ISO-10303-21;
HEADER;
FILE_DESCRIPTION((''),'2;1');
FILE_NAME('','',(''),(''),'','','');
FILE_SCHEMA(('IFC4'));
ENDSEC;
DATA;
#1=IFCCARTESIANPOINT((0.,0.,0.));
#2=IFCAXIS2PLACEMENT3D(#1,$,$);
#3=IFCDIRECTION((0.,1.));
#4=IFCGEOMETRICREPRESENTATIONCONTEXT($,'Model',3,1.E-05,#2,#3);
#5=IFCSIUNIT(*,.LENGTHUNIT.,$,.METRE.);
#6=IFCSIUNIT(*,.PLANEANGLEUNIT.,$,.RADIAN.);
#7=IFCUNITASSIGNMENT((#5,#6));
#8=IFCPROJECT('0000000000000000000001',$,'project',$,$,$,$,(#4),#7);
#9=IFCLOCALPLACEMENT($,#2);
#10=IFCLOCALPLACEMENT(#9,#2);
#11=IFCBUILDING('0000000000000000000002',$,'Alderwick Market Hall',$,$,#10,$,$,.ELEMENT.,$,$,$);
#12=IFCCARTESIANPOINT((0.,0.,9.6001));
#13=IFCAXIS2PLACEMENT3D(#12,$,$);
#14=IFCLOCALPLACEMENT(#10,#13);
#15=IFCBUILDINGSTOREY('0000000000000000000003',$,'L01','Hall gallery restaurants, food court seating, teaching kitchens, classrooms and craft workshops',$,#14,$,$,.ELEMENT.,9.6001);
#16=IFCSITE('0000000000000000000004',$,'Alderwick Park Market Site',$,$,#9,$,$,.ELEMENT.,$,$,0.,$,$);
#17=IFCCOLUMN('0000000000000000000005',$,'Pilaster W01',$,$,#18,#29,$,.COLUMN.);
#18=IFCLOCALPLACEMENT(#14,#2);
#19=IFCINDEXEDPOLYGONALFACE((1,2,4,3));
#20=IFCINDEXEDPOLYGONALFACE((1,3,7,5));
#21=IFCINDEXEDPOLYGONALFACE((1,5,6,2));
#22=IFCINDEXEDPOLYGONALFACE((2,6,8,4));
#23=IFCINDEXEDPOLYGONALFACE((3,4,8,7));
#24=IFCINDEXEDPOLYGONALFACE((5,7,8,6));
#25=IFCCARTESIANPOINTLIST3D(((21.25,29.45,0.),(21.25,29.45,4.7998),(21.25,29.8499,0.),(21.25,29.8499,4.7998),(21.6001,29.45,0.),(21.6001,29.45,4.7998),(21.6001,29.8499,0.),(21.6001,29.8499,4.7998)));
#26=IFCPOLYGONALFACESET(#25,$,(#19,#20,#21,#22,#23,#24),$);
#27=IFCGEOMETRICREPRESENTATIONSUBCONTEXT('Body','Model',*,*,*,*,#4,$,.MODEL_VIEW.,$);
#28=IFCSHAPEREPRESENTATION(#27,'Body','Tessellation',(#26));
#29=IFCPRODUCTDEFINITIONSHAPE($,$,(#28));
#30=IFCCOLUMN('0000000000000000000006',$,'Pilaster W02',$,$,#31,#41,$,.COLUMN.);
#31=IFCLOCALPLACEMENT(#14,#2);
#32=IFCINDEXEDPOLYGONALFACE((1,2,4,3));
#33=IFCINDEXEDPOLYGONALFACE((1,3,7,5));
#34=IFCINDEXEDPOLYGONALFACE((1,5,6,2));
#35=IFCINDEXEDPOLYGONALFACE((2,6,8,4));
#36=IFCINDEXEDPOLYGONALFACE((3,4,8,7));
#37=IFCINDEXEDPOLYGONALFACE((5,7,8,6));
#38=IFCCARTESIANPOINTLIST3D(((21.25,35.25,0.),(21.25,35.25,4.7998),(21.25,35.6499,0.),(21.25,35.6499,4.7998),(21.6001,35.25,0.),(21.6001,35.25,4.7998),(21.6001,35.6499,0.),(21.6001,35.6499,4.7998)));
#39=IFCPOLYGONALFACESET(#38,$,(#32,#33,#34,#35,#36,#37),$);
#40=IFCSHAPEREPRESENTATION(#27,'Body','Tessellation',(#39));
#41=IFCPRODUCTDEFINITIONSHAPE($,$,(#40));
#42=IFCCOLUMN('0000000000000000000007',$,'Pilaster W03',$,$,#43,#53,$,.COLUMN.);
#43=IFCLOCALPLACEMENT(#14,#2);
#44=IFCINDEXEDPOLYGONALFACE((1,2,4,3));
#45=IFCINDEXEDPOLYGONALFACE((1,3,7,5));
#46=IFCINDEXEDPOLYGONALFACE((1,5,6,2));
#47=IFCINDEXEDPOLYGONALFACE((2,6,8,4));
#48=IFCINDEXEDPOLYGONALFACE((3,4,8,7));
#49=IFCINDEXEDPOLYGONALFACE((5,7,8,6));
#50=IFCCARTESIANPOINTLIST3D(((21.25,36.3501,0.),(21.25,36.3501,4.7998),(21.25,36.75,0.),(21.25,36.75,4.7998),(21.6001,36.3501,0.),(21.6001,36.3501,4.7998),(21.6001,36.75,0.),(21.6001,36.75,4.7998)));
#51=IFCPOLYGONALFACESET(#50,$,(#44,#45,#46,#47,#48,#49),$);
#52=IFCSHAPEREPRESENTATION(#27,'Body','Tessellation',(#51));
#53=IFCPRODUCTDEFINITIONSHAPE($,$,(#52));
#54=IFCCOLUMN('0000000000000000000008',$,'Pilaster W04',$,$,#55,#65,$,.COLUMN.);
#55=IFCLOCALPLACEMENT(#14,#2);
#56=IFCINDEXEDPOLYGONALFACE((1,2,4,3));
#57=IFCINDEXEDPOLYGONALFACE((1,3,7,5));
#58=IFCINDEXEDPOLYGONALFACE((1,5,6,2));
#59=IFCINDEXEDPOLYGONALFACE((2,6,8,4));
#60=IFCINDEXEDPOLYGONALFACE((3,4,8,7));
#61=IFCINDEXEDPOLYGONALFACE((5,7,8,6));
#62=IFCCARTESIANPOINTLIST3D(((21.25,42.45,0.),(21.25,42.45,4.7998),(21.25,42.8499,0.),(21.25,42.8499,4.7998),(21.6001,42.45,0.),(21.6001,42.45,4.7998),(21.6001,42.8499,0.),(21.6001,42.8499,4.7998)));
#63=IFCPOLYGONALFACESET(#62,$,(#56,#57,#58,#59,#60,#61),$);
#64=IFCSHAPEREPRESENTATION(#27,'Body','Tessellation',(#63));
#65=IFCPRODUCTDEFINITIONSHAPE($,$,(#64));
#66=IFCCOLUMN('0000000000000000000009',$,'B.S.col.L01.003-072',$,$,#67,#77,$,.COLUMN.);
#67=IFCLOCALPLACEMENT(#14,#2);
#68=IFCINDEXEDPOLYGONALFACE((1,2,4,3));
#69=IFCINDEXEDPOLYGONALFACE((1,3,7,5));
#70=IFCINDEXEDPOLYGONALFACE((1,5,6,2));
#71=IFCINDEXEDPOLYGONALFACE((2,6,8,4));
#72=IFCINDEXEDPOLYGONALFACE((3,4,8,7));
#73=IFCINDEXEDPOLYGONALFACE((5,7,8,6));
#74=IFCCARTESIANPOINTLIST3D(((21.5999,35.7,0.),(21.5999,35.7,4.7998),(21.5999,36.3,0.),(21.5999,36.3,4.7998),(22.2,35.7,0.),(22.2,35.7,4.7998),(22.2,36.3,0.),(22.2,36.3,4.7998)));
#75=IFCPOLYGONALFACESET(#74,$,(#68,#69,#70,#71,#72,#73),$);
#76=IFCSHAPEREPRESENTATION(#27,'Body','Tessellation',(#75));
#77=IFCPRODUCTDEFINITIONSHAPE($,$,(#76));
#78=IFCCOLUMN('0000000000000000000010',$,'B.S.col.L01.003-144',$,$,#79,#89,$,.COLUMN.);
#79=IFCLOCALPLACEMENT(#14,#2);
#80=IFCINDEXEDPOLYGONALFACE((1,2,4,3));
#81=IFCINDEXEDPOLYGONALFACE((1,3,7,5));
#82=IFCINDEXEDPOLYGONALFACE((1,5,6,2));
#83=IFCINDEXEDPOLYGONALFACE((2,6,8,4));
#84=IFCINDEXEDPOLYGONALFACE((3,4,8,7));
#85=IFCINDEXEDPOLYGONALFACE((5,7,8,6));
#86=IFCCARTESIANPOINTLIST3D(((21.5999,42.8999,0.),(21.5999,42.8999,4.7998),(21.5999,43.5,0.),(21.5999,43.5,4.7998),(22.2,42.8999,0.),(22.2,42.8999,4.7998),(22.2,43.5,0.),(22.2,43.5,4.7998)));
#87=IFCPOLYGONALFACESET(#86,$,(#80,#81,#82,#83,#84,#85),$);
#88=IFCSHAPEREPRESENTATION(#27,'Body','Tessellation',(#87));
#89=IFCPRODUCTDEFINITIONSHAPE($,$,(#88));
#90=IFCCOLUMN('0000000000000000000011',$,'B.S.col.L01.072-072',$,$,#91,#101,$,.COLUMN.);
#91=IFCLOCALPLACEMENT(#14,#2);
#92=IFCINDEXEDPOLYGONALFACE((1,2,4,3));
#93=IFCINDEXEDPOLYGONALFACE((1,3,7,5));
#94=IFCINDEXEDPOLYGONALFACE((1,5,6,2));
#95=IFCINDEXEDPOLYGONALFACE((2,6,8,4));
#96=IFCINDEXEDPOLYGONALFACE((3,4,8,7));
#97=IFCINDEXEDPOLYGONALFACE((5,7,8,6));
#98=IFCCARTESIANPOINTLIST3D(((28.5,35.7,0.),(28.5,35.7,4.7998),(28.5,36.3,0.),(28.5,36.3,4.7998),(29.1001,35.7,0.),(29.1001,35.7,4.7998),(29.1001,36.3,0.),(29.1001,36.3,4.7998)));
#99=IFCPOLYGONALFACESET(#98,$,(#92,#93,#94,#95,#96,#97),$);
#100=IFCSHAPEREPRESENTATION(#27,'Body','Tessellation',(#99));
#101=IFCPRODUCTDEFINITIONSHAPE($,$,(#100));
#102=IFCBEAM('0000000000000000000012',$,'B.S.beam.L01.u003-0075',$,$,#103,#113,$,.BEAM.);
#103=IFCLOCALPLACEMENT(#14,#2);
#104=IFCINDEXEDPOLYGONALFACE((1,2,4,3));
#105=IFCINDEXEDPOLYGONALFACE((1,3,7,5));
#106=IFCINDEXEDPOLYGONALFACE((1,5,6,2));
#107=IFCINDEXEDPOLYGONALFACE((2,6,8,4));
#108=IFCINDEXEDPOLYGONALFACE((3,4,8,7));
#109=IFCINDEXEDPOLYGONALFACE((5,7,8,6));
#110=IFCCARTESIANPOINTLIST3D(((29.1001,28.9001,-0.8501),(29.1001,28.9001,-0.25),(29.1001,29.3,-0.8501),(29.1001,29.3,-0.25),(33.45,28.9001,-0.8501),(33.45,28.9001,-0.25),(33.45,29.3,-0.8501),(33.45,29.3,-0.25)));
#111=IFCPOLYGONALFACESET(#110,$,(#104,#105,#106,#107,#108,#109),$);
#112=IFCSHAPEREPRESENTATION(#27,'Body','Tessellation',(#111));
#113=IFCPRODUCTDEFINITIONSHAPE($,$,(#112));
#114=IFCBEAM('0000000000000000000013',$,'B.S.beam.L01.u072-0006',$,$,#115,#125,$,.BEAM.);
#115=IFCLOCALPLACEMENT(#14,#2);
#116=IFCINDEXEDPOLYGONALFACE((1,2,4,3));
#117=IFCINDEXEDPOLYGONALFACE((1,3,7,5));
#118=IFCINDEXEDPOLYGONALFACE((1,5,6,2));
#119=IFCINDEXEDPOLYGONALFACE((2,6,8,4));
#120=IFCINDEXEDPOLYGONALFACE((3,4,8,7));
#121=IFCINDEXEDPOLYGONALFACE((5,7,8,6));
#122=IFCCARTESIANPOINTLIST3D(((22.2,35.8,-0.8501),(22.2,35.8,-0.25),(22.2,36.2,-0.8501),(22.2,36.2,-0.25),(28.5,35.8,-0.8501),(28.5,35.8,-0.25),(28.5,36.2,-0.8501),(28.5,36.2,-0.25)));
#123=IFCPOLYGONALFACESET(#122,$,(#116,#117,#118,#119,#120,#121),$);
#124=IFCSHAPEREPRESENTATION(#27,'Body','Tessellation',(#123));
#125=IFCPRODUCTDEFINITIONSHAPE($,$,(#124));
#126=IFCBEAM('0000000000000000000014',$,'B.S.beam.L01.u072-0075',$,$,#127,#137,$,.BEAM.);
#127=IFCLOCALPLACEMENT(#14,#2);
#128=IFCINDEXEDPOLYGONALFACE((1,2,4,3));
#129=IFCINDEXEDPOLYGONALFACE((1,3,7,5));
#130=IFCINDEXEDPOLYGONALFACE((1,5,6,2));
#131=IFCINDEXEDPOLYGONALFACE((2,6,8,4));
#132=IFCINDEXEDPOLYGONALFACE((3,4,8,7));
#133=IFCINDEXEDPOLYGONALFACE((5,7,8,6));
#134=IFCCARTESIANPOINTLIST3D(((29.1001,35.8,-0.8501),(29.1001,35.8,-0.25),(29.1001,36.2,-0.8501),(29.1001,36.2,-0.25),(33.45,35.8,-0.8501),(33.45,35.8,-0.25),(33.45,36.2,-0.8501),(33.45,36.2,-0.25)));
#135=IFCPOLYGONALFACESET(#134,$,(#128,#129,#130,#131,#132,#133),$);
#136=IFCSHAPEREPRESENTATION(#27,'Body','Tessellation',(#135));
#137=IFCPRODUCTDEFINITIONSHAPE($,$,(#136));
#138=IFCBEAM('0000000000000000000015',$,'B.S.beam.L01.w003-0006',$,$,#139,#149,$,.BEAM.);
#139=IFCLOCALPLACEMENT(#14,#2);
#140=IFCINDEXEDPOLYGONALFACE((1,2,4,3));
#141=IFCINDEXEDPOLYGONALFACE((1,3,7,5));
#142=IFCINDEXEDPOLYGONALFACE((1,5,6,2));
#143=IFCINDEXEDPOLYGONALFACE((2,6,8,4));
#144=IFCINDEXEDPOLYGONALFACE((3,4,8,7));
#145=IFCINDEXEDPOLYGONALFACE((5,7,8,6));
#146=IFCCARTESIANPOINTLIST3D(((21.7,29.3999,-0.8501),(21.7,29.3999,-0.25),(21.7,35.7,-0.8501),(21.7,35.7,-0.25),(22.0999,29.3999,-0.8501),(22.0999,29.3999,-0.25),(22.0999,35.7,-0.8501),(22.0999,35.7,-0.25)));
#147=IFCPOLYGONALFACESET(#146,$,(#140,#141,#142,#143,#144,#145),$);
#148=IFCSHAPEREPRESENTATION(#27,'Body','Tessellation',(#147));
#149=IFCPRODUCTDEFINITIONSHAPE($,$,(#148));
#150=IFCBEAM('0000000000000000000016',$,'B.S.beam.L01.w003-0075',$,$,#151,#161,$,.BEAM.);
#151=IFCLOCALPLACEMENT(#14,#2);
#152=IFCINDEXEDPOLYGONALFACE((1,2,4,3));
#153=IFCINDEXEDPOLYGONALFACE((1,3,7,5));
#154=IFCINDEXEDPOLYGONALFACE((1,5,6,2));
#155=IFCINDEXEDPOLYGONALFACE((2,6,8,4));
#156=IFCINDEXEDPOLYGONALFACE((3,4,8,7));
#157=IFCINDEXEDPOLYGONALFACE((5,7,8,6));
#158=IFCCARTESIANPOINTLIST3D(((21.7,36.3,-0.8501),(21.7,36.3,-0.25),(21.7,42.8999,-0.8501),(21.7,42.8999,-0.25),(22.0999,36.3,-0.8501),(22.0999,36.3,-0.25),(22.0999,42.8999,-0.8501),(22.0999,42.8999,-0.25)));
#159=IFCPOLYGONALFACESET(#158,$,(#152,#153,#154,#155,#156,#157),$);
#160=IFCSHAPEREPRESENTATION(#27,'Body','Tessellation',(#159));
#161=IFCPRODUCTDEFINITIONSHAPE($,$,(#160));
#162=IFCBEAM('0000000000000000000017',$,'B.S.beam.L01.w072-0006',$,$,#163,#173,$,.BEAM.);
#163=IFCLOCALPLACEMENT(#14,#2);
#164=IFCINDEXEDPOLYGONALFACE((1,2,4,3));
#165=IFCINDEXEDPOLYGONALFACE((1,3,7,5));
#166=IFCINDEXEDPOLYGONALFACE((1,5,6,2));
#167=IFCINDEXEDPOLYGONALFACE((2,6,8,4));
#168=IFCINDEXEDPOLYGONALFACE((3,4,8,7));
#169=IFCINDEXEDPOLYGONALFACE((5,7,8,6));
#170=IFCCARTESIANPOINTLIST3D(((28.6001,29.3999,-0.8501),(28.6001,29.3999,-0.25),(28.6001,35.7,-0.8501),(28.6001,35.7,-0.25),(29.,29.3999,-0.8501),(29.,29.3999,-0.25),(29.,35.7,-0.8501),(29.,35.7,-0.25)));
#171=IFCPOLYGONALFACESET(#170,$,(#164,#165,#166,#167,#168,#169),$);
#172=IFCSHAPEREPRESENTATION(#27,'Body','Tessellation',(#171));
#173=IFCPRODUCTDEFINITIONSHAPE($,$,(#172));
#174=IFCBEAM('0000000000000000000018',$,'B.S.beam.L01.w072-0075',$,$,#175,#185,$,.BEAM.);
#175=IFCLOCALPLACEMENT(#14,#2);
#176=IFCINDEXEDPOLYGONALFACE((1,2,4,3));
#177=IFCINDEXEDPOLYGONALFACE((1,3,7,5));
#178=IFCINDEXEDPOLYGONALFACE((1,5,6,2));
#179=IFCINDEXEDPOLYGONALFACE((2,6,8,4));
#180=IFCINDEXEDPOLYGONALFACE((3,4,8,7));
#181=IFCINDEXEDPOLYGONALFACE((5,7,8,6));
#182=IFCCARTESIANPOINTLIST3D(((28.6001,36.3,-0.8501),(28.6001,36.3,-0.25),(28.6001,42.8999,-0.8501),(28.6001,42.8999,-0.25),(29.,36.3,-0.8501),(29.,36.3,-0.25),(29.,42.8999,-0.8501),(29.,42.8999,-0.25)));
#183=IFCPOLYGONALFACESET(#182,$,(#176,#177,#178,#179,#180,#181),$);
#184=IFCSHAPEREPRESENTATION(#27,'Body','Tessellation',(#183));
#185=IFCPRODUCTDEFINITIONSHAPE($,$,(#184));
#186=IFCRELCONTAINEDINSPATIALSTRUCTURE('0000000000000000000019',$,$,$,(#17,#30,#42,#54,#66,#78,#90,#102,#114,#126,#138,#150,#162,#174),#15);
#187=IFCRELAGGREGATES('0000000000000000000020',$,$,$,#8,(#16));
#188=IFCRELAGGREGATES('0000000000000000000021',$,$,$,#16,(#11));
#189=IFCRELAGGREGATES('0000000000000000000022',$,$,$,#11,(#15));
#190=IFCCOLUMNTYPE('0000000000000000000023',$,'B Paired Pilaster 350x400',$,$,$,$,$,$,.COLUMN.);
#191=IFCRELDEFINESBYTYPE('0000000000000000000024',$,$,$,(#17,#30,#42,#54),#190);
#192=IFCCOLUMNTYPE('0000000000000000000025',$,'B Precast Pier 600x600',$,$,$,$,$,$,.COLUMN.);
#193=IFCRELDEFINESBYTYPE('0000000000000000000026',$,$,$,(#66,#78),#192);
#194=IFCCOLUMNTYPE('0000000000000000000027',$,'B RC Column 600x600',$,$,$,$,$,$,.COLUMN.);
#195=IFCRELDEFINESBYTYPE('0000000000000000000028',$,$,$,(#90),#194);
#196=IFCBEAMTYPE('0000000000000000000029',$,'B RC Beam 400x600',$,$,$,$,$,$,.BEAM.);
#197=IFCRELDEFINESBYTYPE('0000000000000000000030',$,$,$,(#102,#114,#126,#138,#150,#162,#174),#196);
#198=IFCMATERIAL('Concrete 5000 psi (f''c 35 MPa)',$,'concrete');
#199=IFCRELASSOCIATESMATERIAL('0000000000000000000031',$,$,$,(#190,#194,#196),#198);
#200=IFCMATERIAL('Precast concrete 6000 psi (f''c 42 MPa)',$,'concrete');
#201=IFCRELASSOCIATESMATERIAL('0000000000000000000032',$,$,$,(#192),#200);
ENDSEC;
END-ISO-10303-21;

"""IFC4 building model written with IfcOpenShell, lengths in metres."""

from ifc_helpers import new_model, si_unit, direction, frame, origin, origin_2d, place, context, subcontext, project, spatial, rectangle, extrude, material, material_profile, profile_set, type_object, element, save


model = new_model("IFC4")

# Units and contexts
model_context = context("Model", 3, precision=1e-05, world=origin(), true_north=direction((0.0, 1.0)))
body_context = subcontext(model_context, "Body", "Model", "MODEL_VIEW")
ifc_project = project(units=[si_unit("LENGTHUNIT", "METRE"), si_unit("PLANEANGLEUNIT", "RADIAN")], contexts=[model_context])

# Site, building, storey
site_placement = place(None, origin())
site = spatial("IfcSite", under=ifc_project, at=site_placement, Name="Alderwick Park Market Site", CompositionType="ELEMENT", RefElevation=0.0)
building_placement = place(site_placement, origin())
building = spatial("IfcBuilding", under=site, at=building_placement, Name="Alderwick Market Hall", CompositionType="ELEMENT")
storey_placement = place(building_placement, frame((0.0, 0.0, 9.6001)))
storey = spatial("IfcBuildingStorey", under=building, at=storey_placement, Name="L01", Description="Hall gallery restaurants, food court seating, teaching kitchens, classrooms and craft workshops", CompositionType="ELEMENT", Elevation=9.6001)

# Columns
ifc_material_1 = material(Name="Concrete 5000 psi (f'c 35 MPa)", Category="concrete")
ifc_material_profile_1 = material_profile(ifc_material_1, rectangle(XDim=0.3501, YDim=0.3999, at=origin_2d()), Name="B Paired Pilaster 350x400")
ifc_profile_set_1 = profile_set([ifc_material_profile_1], Name="Concrete 5000 psi (f'c 35 MPa)")
column_type_1 = type_object("IfcColumnType", Name="B Paired Pilaster 350x400", PredefinedType="COLUMN", material=ifc_profile_set_1)
for number, where, z_axis, x_axis, name in (
    (1, (21.425, 29.6499, 0.0), (0.0, 0.0, 1.0), (1.0, 0.0, 0.0), "Pilaster W01"),
    (2, (21.425, 35.45, 0.0), (0.0, 0.0, 1.0), (1.0, 0.0, 0.0), "Pilaster W02"),
    (3, (21.425, 36.55, 0.0), (0.0, 0.0, 1.0), (1.0, 0.0, 0.0), "Pilaster W03"),
    (4, (21.425, 42.6499, 0.0), (0.0, 0.0, 1.0), (1.0, 0.0, 0.0), "Pilaster W04"),
):
    element("IfcColumn", number, at=place(storey_placement, frame(where, z_axis=z_axis, x_axis=x_axis)), inside=storey, type_object=column_type_1, Name=name, PredefinedType="COLUMN", context=body_context, shape_type="SweptSolid", body=[
        extrude(rectangle(XDim=0.3501, YDim=0.3999, at=origin_2d()), origin(), (0.0, 0.0, 1.0), 4.7998),
    ])
ifc_material_2 = material(Name="Precast concrete 6000 psi (f'c 42 MPa)", Category="concrete")
ifc_material_profile_2 = material_profile(ifc_material_2, rectangle(XDim=0.6001, YDim=0.6001, at=origin_2d()), Name="B Precast Pier 600x600")
ifc_profile_set_2 = profile_set([ifc_material_profile_2], Name="Precast concrete 6000 psi (f'c 42 MPa)")
column_type_2 = type_object("IfcColumnType", Name="B Precast Pier 600x600", PredefinedType="COLUMN", material=ifc_profile_set_2)
for number, where, z_axis, x_axis, name in (
    (5, (21.8999, 36.0, 0.0), (0.0, 0.0, 1.0), (1.0, 0.0, 0.0), "B.S.col.L01.003-072"),
    (6, (21.8999, 43.2, 0.0), (0.0, 0.0, 1.0), (1.0, 0.0, 0.0), "B.S.col.L01.003-144"),
):
    element("IfcColumn", number, at=place(storey_placement, frame(where, z_axis=z_axis, x_axis=x_axis)), inside=storey, type_object=column_type_2, Name=name, PredefinedType="COLUMN", context=body_context, shape_type="SweptSolid", body=[
        extrude(rectangle(XDim=0.6001, YDim=0.6001, at=origin_2d()), origin(), (0.0, 0.0, 1.0), 4.7998),
    ])
ifc_material_profile_3 = material_profile(ifc_material_1, rectangle(XDim=0.6001, YDim=0.6001, at=origin_2d()), Name="B RC Column 600x600")
ifc_profile_set_3 = profile_set([ifc_material_profile_3], Name="Concrete 5000 psi (f'c 35 MPa)")
column_type_3 = type_object("IfcColumnType", Name="B RC Column 600x600", PredefinedType="COLUMN", material=ifc_profile_set_3)
column_placement = place(storey_placement, frame((28.8, 36.0, 0.0), z_axis=(0.0, 0.0, 1.0), x_axis=(1.0, 0.0, 0.0)))
element("IfcColumn", 7, at=column_placement, inside=storey, type_object=column_type_3, Name="B.S.col.L01.072-072", PredefinedType="COLUMN", context=body_context, shape_type="SweptSolid", body=[
    extrude(rectangle(XDim=0.6001, YDim=0.6001, at=origin_2d()), origin(), (0.0, 0.0, 1.0), 4.7998),
])

# Beams
ifc_material_profile_4 = material_profile(ifc_material_1, rectangle(XDim=0.3999, YDim=0.6001, at=origin_2d()), Name="B RC Beam 400x600")
ifc_profile_set_4 = profile_set([ifc_material_profile_4], Name="Concrete 5000 psi (f'c 35 MPa)")
beam_type = type_object("IfcBeamType", Name="B RC Beam 400x600", PredefinedType="BEAM", material=ifc_profile_set_4)
beam_1_placement = place(storey_placement, frame((29.1001, 29.1001, -0.55), z_axis=(1.0, 0.0, 0.0), x_axis=(0.0, 1.0, 0.0)))
element("IfcBeam", 8, at=beam_1_placement, inside=storey, type_object=beam_type, Name="B.S.beam.L01.u003-0075", PredefinedType="BEAM", context=body_context, shape_type="SweptSolid", body=[
    extrude(rectangle(XDim=0.3999, YDim=0.6001, at=origin_2d()), origin(), (0.0, 0.0, 1.0), 4.3499),
])
beam_2_placement = place(storey_placement, frame((22.2, 36.0, -0.55), z_axis=(1.0, 0.0, 0.0), x_axis=(0.0, 1.0, 0.0)))
element("IfcBeam", 9, at=beam_2_placement, inside=storey, type_object=beam_type, Name="B.S.beam.L01.u072-0006", PredefinedType="BEAM", context=body_context, shape_type="SweptSolid", body=[
    extrude(rectangle(XDim=0.3999, YDim=0.6001, at=origin_2d()), origin(), (0.0, 0.0, 1.0), 6.3),
])
beam_3_placement = place(storey_placement, frame((29.1001, 36.0, -0.55), z_axis=(1.0, 0.0, 0.0), x_axis=(0.0, 1.0, 0.0)))
element("IfcBeam", 10, at=beam_3_placement, inside=storey, type_object=beam_type, Name="B.S.beam.L01.u072-0075", PredefinedType="BEAM", context=body_context, shape_type="SweptSolid", body=[
    extrude(rectangle(XDim=0.3999, YDim=0.6001, at=origin_2d()), origin(), (0.0, 0.0, 1.0), 4.3499),
])
beam_4_placement = place(storey_placement, frame((21.8999, 29.3999, -0.55), z_axis=(0.0, 1.0, 0.0), x_axis=(-1.0, 0.0, 0.0)))
element("IfcBeam", 11, at=beam_4_placement, inside=storey, type_object=beam_type, Name="B.S.beam.L01.w003-0006", PredefinedType="BEAM", context=body_context, shape_type="SweptSolid", body=[
    extrude(rectangle(XDim=0.3999, YDim=0.6001, at=origin_2d()), origin(), (0.0, 0.0, 1.0), 6.3),
])
beam_5_placement = place(storey_placement, frame((21.8999, 36.3, -0.55), z_axis=(0.0, 1.0, 0.0), x_axis=(-1.0, 0.0, 0.0)))
element("IfcBeam", 12, at=beam_5_placement, inside=storey, type_object=beam_type, Name="B.S.beam.L01.w003-0075", PredefinedType="BEAM", context=body_context, shape_type="SweptSolid", body=[
    extrude(rectangle(XDim=0.3999, YDim=0.6001, at=origin_2d()), origin(), (0.0, 0.0, 1.0), 6.5999),
])
beam_6_placement = place(storey_placement, frame((28.8, 29.3999, -0.55), z_axis=(0.0, 1.0, 0.0), x_axis=(-1.0, 0.0, 0.0)))
element("IfcBeam", 13, at=beam_6_placement, inside=storey, type_object=beam_type, Name="B.S.beam.L01.w072-0006", PredefinedType="BEAM", context=body_context, shape_type="SweptSolid", body=[
    extrude(rectangle(XDim=0.3999, YDim=0.6001, at=origin_2d()), origin(), (0.0, 0.0, 1.0), 6.3),
])
beam_7_placement = place(storey_placement, frame((28.8, 36.3, -0.55), z_axis=(0.0, 1.0, 0.0), x_axis=(-1.0, 0.0, 0.0)))
element("IfcBeam", 14, at=beam_7_placement, inside=storey, type_object=beam_type, Name="B.S.beam.L01.w072-0075", PredefinedType="BEAM", context=body_context, shape_type="SweptSolid", body=[
    extrude(rectangle(XDim=0.3999, YDim=0.6001, at=origin_2d()), origin(), (0.0, 0.0, 1.0), 6.5999),
])

save(model, "model.ifc")
